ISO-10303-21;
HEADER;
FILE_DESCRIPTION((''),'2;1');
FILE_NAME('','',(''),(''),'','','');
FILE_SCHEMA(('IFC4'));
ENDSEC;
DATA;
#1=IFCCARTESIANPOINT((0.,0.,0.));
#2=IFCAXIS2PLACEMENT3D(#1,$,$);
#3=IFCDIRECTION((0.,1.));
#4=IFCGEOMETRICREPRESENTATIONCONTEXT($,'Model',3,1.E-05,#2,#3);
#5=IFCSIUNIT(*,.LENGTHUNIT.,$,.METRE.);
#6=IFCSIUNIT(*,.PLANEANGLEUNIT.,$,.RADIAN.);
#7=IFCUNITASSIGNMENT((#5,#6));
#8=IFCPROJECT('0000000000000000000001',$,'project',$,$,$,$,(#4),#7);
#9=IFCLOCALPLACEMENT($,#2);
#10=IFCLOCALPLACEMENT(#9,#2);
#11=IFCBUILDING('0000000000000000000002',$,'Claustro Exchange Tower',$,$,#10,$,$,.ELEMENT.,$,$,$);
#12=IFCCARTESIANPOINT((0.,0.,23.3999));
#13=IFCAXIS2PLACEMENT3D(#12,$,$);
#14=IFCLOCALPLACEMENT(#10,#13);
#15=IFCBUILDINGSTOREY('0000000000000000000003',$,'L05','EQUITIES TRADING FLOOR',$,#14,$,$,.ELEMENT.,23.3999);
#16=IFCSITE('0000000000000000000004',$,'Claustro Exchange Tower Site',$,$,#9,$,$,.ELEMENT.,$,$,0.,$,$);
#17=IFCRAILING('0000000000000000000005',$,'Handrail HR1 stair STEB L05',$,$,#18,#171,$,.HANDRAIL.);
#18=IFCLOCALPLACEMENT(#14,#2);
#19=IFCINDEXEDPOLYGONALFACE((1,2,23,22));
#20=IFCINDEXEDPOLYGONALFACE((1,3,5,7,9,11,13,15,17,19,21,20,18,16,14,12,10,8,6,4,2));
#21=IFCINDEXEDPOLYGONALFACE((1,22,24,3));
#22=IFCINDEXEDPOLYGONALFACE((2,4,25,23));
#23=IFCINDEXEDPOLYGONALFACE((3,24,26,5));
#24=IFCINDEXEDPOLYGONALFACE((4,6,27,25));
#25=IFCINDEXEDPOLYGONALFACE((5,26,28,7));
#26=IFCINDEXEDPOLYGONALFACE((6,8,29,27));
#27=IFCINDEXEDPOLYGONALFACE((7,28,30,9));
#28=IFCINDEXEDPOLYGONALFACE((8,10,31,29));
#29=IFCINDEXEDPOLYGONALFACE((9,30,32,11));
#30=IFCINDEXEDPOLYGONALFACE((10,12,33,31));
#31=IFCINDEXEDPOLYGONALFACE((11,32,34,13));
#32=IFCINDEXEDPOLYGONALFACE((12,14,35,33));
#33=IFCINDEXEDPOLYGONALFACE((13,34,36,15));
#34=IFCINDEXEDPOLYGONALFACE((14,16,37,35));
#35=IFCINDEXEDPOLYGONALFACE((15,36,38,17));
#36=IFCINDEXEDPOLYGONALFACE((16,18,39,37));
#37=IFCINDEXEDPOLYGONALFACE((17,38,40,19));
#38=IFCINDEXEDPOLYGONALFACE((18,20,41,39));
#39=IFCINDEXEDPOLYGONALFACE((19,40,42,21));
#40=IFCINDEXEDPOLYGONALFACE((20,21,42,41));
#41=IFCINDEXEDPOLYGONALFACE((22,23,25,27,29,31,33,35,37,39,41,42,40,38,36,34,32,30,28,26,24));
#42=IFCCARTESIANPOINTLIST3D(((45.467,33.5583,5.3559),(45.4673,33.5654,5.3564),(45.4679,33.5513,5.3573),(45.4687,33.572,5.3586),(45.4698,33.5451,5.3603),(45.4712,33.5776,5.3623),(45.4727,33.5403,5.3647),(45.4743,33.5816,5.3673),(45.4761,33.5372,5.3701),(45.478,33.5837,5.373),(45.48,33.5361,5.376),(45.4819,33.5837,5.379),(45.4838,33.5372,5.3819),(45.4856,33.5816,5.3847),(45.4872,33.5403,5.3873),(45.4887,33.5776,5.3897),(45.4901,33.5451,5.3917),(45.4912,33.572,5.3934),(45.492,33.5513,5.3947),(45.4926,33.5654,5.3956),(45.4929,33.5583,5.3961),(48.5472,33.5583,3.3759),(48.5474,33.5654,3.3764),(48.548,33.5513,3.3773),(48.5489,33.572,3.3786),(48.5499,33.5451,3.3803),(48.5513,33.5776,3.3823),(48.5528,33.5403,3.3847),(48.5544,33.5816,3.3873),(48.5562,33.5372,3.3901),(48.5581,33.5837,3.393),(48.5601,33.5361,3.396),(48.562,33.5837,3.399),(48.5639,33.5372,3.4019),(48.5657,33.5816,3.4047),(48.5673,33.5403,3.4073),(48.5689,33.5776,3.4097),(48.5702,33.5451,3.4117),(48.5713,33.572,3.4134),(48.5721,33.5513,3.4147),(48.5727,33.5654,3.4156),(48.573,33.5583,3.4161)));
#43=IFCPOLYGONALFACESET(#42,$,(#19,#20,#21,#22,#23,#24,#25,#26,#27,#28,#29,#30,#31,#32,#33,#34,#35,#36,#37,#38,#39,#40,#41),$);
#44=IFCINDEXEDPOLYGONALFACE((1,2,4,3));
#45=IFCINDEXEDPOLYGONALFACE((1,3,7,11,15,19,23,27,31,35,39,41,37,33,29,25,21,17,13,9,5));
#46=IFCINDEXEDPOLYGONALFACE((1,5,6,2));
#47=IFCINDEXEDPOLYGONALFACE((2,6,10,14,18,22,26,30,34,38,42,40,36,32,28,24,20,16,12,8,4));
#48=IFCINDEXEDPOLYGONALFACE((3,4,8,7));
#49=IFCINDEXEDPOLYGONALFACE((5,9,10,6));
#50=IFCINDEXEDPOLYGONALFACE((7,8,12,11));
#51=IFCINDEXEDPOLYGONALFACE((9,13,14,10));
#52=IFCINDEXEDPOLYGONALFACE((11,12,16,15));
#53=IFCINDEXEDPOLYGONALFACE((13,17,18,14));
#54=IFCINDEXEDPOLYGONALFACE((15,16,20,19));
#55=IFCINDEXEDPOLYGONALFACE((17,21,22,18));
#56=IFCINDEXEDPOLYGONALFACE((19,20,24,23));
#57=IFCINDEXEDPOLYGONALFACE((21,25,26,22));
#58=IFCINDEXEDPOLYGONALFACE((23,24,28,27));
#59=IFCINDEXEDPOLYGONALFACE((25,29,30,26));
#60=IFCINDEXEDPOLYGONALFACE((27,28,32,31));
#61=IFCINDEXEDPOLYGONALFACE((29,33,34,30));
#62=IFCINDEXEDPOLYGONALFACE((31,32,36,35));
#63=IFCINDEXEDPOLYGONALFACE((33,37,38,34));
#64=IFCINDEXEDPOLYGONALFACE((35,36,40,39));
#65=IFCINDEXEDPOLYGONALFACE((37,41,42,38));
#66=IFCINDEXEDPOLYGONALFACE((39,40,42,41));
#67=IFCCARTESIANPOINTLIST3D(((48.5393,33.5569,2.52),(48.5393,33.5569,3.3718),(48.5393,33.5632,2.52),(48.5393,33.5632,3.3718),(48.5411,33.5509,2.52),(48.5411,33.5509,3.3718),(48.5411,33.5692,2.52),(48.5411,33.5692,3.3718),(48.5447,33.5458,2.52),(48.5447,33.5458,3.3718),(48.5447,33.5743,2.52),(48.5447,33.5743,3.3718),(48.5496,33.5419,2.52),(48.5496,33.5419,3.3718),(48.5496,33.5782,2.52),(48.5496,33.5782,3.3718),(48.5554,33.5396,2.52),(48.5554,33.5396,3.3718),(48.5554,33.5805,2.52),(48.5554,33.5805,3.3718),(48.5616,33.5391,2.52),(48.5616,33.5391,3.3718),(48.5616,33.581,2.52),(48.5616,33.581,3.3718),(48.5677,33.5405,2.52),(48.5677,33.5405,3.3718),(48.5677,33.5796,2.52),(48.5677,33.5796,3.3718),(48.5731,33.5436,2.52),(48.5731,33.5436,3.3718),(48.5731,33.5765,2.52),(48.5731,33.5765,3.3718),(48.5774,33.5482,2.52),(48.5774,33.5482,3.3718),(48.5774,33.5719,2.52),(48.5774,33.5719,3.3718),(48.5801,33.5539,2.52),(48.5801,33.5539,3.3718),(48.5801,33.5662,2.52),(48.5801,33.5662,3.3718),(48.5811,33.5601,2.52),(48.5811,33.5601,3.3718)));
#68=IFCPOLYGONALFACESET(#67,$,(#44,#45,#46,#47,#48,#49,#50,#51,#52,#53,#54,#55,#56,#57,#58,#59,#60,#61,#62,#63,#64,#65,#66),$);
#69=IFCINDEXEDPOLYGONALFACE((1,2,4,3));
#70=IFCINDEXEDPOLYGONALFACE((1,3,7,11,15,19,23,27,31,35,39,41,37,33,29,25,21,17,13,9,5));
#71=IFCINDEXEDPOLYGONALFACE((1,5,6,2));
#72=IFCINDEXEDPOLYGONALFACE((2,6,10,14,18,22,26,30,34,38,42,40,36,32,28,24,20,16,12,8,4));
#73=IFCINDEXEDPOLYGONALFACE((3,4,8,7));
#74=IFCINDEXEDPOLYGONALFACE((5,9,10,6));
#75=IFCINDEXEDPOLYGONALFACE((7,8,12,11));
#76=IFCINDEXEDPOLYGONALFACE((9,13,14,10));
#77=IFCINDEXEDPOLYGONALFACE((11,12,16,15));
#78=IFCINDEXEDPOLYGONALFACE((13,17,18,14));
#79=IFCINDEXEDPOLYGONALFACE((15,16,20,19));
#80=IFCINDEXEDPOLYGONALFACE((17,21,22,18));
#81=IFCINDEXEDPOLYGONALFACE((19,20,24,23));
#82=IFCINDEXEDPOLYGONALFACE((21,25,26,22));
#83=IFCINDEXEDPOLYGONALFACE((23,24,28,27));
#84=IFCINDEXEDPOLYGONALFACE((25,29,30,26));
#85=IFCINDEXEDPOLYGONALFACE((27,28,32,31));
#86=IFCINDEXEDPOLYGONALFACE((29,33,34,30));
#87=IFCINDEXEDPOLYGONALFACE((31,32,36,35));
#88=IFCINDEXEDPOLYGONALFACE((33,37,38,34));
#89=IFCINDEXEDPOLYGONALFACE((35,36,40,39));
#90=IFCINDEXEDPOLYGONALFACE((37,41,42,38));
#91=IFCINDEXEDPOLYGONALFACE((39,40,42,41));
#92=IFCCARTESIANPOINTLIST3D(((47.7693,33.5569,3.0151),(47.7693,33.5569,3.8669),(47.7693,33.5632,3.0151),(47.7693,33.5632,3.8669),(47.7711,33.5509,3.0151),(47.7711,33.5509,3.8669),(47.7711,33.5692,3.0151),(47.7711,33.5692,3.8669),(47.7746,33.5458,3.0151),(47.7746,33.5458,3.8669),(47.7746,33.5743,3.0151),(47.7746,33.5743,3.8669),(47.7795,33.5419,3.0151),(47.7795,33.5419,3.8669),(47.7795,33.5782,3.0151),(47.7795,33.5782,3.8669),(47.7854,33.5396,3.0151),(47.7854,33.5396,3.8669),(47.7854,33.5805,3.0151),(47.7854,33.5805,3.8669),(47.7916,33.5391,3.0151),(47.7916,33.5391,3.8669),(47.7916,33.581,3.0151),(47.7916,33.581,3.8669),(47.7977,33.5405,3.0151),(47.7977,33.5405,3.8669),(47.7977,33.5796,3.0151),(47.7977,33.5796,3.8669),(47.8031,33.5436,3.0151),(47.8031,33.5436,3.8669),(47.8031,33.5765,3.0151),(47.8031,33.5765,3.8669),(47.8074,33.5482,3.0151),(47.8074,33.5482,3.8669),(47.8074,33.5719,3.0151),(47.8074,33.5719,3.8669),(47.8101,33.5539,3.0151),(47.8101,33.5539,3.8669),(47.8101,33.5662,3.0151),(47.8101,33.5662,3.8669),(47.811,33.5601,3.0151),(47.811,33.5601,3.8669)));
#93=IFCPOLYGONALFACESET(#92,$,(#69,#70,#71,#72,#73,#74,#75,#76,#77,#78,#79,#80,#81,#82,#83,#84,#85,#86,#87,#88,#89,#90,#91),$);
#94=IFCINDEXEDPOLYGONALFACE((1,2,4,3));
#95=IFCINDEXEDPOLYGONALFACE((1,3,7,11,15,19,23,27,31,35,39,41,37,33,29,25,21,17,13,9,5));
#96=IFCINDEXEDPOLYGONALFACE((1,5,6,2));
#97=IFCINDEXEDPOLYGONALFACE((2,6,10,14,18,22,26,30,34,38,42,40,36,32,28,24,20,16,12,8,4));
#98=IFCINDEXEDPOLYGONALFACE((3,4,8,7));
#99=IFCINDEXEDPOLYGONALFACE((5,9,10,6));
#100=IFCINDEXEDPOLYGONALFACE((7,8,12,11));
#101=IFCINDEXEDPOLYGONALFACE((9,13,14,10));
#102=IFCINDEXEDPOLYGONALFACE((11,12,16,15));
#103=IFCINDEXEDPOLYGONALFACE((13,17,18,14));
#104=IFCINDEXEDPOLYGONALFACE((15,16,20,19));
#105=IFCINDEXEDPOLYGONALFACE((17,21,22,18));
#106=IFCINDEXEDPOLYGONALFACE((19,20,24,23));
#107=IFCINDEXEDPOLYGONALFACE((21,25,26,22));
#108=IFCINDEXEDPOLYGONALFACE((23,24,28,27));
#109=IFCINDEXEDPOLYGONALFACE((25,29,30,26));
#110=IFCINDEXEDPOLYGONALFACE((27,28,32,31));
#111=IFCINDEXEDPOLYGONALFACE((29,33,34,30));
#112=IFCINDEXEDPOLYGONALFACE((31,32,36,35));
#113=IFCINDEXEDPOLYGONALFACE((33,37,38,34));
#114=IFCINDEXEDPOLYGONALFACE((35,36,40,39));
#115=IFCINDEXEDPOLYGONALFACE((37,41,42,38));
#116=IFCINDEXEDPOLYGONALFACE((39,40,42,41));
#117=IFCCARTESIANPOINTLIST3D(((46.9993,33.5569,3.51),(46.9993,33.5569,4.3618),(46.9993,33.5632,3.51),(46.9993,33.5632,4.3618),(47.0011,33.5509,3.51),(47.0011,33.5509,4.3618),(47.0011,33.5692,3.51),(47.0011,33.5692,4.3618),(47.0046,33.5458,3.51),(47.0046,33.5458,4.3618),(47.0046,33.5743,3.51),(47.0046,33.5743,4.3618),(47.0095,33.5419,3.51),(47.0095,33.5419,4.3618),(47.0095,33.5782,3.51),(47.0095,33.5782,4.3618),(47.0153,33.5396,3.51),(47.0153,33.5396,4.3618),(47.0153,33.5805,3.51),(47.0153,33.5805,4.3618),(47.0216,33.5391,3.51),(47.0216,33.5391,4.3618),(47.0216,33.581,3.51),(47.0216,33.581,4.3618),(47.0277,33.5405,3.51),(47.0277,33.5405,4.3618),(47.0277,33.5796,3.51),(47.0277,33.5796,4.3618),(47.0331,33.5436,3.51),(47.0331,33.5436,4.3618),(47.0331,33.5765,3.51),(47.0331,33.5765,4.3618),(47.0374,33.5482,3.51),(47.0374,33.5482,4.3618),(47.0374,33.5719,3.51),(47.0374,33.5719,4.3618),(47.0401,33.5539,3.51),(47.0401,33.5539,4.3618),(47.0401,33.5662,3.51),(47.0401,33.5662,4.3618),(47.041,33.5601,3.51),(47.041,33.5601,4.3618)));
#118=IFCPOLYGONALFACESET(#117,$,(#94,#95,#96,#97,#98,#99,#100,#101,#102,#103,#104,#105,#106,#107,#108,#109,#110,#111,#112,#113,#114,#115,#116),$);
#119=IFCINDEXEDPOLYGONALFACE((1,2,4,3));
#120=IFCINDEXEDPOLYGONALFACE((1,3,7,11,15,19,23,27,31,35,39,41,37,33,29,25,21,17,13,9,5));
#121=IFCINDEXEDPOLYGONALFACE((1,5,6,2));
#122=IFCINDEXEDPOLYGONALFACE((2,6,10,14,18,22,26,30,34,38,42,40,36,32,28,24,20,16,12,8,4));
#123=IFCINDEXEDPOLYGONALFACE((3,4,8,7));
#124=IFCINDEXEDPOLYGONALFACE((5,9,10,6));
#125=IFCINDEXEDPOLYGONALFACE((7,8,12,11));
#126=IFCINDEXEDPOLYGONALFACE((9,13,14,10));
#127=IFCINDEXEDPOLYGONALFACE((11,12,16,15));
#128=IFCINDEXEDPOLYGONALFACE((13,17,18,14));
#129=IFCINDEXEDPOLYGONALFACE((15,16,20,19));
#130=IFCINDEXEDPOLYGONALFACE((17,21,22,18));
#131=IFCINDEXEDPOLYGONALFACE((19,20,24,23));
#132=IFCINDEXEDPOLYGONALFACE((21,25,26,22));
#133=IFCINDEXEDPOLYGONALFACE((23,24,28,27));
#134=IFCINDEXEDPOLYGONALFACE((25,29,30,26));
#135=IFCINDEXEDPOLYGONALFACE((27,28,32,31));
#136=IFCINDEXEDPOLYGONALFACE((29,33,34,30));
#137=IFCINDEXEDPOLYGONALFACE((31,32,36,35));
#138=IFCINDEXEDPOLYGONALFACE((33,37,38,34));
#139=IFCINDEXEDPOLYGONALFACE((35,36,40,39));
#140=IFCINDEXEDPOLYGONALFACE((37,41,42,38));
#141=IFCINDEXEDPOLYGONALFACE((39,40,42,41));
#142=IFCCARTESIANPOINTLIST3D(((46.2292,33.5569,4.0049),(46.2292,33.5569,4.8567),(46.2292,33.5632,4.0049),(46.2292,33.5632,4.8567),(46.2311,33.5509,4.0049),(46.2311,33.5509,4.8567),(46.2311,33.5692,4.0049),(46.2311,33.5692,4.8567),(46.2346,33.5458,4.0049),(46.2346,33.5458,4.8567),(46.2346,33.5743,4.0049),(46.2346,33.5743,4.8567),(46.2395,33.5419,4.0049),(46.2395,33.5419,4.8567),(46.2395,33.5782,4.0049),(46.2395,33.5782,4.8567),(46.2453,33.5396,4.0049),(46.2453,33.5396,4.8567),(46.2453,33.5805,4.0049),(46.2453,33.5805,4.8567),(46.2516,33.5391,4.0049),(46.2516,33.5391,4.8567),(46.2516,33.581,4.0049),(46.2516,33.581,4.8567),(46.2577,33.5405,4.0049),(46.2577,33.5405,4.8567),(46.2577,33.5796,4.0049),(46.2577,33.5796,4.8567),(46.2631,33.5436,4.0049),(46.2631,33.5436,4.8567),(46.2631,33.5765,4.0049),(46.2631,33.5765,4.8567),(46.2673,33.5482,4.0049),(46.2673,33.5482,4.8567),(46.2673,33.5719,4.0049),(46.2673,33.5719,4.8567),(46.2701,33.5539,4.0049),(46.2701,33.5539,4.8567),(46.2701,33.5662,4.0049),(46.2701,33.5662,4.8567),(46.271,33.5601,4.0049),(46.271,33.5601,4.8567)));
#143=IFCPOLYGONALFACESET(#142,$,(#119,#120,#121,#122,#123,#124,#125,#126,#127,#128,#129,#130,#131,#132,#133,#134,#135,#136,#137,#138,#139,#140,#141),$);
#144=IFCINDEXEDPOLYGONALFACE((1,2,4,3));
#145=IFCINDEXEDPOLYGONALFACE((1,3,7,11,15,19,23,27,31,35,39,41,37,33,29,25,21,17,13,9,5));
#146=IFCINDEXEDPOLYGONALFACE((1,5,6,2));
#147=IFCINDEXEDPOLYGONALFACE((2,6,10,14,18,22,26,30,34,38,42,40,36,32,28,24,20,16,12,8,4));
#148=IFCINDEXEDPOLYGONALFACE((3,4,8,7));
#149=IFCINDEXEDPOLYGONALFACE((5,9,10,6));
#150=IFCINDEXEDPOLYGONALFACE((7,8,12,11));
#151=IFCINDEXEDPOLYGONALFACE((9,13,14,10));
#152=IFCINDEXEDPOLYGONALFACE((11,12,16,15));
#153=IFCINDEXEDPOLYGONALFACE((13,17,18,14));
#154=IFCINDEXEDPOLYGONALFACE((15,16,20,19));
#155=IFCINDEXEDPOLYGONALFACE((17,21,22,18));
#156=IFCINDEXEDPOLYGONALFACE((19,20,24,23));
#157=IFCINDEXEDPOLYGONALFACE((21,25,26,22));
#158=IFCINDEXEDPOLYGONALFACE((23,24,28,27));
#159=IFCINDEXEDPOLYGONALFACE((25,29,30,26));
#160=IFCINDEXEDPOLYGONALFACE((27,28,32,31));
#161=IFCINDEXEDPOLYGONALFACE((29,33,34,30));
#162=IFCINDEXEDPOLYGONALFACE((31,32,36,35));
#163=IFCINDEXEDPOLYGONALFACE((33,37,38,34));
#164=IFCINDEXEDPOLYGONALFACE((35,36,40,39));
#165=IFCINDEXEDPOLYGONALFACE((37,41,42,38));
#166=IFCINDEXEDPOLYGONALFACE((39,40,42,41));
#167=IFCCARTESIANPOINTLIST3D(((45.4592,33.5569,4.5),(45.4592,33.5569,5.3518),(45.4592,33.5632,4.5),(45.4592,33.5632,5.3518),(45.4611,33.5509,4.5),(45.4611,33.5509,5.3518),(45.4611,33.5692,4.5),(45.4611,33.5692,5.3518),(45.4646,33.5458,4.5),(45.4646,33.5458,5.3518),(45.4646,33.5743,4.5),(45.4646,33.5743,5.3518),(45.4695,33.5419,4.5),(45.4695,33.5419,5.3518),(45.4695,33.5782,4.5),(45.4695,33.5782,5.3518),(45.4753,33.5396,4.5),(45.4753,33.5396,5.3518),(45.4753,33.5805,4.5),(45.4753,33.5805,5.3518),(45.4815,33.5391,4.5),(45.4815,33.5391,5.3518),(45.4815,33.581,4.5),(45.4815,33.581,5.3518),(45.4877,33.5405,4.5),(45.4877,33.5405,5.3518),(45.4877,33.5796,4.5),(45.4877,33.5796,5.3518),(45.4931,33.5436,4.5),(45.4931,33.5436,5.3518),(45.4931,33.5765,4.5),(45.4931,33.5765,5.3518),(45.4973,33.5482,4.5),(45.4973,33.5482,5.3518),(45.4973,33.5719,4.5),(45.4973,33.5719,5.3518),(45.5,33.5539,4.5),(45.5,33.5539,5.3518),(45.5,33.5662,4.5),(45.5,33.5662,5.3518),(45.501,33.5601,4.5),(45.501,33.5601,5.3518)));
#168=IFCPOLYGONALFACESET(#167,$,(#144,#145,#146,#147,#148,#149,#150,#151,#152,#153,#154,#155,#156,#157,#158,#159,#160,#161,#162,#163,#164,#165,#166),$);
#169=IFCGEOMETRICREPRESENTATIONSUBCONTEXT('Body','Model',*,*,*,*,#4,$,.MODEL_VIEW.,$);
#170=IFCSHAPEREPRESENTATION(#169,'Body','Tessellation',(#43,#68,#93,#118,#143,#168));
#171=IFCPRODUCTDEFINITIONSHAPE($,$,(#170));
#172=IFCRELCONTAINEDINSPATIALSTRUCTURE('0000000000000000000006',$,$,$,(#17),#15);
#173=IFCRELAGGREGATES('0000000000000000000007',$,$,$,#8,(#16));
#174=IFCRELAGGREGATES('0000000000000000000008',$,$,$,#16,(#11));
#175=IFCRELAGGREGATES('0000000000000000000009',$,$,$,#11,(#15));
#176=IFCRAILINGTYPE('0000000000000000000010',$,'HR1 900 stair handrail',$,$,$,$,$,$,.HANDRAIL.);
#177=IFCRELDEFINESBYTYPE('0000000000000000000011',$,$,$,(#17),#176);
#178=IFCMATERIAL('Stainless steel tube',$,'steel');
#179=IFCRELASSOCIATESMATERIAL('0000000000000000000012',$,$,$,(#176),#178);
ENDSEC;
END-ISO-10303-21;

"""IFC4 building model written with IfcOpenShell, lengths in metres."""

from ifc_helpers import new_model, si_unit, direction, frame, origin, origin_2d, place, context, subcontext, project, spatial, circle, extrude, material, type_object, element, save


model = new_model("IFC4")

# Units and contexts
model_context = context("Model", 3, precision=1e-05, world=origin(), true_north=direction((0.0, 1.0)))
body_context = subcontext(model_context, "Body", "Model", "MODEL_VIEW")
ifc_project = project(units=[si_unit("LENGTHUNIT", "METRE"), si_unit("PLANEANGLEUNIT", "RADIAN")], contexts=[model_context])

# Site, building, storey
site_placement = place(None, origin())
site = spatial("IfcSite", under=ifc_project, at=site_placement, Name="Claustro Exchange Tower Site", CompositionType="ELEMENT", RefElevation=0.0)
building_placement = place(site_placement, origin())
building = spatial("IfcBuilding", under=site, at=building_placement, Name="Claustro Exchange Tower", CompositionType="ELEMENT")
storey_placement = place(building_placement, frame((0.0, 0.0, 23.3999)))
storey = spatial("IfcBuildingStorey", under=building, at=storey_placement, Name="L05", Description="EQUITIES TRADING FLOOR", CompositionType="ELEMENT", Elevation=23.3999)

# Railing
ifc_material_1 = material(Name="Stainless steel tube", Category="steel")
railing_type_1 = type_object("IfcRailingType", Name="HR1 900 stair handrail", PredefinedType="HANDRAIL", material=ifc_material_1)
railing_1_placement = place(storey_placement, frame((48.5601, 33.5601, 2.52)))
element("IfcRailing", 1, at=railing_1_placement, inside=storey, type_object=railing_type_1, Name="Handrail HR1 stair STEB L05", PredefinedType="HANDRAIL", context=body_context, shape_type="SweptSolid", body=[
    extrude(circle(Radius=0.0239, at=origin_2d()), frame((0.0, 0.0, 0.876), z_axis=(-0.841187, 0.0, 0.540744), x_axis=(0.0, -1.0, 0.0)), (0.0, 0.0, 1.0), 3.6616),
    extrude(circle(Radius=0.021, at=origin_2d()), origin(), (0.0, 0.0, 1.0), 0.8518),
    extrude(circle(Radius=0.021, at=origin_2d()), frame((-0.77, 0.0, 0.4951)), (0.0, 0.0, 1.0), 0.8518),
    extrude(circle(Radius=0.021, at=origin_2d()), frame((-1.54, 0.0, 0.99)), (0.0, 0.0, 1.0), 0.8518),
    extrude(circle(Radius=0.021, at=origin_2d()), frame((-2.3101, 0.0, 1.4849)), (0.0, 0.0, 1.0), 0.8518),
    extrude(circle(Radius=0.021, at=origin_2d()), frame((-3.0801, 0.0, 1.98)), (0.0, 0.0, 1.0), 0.8518),
])

save(model, "model.ifc")
